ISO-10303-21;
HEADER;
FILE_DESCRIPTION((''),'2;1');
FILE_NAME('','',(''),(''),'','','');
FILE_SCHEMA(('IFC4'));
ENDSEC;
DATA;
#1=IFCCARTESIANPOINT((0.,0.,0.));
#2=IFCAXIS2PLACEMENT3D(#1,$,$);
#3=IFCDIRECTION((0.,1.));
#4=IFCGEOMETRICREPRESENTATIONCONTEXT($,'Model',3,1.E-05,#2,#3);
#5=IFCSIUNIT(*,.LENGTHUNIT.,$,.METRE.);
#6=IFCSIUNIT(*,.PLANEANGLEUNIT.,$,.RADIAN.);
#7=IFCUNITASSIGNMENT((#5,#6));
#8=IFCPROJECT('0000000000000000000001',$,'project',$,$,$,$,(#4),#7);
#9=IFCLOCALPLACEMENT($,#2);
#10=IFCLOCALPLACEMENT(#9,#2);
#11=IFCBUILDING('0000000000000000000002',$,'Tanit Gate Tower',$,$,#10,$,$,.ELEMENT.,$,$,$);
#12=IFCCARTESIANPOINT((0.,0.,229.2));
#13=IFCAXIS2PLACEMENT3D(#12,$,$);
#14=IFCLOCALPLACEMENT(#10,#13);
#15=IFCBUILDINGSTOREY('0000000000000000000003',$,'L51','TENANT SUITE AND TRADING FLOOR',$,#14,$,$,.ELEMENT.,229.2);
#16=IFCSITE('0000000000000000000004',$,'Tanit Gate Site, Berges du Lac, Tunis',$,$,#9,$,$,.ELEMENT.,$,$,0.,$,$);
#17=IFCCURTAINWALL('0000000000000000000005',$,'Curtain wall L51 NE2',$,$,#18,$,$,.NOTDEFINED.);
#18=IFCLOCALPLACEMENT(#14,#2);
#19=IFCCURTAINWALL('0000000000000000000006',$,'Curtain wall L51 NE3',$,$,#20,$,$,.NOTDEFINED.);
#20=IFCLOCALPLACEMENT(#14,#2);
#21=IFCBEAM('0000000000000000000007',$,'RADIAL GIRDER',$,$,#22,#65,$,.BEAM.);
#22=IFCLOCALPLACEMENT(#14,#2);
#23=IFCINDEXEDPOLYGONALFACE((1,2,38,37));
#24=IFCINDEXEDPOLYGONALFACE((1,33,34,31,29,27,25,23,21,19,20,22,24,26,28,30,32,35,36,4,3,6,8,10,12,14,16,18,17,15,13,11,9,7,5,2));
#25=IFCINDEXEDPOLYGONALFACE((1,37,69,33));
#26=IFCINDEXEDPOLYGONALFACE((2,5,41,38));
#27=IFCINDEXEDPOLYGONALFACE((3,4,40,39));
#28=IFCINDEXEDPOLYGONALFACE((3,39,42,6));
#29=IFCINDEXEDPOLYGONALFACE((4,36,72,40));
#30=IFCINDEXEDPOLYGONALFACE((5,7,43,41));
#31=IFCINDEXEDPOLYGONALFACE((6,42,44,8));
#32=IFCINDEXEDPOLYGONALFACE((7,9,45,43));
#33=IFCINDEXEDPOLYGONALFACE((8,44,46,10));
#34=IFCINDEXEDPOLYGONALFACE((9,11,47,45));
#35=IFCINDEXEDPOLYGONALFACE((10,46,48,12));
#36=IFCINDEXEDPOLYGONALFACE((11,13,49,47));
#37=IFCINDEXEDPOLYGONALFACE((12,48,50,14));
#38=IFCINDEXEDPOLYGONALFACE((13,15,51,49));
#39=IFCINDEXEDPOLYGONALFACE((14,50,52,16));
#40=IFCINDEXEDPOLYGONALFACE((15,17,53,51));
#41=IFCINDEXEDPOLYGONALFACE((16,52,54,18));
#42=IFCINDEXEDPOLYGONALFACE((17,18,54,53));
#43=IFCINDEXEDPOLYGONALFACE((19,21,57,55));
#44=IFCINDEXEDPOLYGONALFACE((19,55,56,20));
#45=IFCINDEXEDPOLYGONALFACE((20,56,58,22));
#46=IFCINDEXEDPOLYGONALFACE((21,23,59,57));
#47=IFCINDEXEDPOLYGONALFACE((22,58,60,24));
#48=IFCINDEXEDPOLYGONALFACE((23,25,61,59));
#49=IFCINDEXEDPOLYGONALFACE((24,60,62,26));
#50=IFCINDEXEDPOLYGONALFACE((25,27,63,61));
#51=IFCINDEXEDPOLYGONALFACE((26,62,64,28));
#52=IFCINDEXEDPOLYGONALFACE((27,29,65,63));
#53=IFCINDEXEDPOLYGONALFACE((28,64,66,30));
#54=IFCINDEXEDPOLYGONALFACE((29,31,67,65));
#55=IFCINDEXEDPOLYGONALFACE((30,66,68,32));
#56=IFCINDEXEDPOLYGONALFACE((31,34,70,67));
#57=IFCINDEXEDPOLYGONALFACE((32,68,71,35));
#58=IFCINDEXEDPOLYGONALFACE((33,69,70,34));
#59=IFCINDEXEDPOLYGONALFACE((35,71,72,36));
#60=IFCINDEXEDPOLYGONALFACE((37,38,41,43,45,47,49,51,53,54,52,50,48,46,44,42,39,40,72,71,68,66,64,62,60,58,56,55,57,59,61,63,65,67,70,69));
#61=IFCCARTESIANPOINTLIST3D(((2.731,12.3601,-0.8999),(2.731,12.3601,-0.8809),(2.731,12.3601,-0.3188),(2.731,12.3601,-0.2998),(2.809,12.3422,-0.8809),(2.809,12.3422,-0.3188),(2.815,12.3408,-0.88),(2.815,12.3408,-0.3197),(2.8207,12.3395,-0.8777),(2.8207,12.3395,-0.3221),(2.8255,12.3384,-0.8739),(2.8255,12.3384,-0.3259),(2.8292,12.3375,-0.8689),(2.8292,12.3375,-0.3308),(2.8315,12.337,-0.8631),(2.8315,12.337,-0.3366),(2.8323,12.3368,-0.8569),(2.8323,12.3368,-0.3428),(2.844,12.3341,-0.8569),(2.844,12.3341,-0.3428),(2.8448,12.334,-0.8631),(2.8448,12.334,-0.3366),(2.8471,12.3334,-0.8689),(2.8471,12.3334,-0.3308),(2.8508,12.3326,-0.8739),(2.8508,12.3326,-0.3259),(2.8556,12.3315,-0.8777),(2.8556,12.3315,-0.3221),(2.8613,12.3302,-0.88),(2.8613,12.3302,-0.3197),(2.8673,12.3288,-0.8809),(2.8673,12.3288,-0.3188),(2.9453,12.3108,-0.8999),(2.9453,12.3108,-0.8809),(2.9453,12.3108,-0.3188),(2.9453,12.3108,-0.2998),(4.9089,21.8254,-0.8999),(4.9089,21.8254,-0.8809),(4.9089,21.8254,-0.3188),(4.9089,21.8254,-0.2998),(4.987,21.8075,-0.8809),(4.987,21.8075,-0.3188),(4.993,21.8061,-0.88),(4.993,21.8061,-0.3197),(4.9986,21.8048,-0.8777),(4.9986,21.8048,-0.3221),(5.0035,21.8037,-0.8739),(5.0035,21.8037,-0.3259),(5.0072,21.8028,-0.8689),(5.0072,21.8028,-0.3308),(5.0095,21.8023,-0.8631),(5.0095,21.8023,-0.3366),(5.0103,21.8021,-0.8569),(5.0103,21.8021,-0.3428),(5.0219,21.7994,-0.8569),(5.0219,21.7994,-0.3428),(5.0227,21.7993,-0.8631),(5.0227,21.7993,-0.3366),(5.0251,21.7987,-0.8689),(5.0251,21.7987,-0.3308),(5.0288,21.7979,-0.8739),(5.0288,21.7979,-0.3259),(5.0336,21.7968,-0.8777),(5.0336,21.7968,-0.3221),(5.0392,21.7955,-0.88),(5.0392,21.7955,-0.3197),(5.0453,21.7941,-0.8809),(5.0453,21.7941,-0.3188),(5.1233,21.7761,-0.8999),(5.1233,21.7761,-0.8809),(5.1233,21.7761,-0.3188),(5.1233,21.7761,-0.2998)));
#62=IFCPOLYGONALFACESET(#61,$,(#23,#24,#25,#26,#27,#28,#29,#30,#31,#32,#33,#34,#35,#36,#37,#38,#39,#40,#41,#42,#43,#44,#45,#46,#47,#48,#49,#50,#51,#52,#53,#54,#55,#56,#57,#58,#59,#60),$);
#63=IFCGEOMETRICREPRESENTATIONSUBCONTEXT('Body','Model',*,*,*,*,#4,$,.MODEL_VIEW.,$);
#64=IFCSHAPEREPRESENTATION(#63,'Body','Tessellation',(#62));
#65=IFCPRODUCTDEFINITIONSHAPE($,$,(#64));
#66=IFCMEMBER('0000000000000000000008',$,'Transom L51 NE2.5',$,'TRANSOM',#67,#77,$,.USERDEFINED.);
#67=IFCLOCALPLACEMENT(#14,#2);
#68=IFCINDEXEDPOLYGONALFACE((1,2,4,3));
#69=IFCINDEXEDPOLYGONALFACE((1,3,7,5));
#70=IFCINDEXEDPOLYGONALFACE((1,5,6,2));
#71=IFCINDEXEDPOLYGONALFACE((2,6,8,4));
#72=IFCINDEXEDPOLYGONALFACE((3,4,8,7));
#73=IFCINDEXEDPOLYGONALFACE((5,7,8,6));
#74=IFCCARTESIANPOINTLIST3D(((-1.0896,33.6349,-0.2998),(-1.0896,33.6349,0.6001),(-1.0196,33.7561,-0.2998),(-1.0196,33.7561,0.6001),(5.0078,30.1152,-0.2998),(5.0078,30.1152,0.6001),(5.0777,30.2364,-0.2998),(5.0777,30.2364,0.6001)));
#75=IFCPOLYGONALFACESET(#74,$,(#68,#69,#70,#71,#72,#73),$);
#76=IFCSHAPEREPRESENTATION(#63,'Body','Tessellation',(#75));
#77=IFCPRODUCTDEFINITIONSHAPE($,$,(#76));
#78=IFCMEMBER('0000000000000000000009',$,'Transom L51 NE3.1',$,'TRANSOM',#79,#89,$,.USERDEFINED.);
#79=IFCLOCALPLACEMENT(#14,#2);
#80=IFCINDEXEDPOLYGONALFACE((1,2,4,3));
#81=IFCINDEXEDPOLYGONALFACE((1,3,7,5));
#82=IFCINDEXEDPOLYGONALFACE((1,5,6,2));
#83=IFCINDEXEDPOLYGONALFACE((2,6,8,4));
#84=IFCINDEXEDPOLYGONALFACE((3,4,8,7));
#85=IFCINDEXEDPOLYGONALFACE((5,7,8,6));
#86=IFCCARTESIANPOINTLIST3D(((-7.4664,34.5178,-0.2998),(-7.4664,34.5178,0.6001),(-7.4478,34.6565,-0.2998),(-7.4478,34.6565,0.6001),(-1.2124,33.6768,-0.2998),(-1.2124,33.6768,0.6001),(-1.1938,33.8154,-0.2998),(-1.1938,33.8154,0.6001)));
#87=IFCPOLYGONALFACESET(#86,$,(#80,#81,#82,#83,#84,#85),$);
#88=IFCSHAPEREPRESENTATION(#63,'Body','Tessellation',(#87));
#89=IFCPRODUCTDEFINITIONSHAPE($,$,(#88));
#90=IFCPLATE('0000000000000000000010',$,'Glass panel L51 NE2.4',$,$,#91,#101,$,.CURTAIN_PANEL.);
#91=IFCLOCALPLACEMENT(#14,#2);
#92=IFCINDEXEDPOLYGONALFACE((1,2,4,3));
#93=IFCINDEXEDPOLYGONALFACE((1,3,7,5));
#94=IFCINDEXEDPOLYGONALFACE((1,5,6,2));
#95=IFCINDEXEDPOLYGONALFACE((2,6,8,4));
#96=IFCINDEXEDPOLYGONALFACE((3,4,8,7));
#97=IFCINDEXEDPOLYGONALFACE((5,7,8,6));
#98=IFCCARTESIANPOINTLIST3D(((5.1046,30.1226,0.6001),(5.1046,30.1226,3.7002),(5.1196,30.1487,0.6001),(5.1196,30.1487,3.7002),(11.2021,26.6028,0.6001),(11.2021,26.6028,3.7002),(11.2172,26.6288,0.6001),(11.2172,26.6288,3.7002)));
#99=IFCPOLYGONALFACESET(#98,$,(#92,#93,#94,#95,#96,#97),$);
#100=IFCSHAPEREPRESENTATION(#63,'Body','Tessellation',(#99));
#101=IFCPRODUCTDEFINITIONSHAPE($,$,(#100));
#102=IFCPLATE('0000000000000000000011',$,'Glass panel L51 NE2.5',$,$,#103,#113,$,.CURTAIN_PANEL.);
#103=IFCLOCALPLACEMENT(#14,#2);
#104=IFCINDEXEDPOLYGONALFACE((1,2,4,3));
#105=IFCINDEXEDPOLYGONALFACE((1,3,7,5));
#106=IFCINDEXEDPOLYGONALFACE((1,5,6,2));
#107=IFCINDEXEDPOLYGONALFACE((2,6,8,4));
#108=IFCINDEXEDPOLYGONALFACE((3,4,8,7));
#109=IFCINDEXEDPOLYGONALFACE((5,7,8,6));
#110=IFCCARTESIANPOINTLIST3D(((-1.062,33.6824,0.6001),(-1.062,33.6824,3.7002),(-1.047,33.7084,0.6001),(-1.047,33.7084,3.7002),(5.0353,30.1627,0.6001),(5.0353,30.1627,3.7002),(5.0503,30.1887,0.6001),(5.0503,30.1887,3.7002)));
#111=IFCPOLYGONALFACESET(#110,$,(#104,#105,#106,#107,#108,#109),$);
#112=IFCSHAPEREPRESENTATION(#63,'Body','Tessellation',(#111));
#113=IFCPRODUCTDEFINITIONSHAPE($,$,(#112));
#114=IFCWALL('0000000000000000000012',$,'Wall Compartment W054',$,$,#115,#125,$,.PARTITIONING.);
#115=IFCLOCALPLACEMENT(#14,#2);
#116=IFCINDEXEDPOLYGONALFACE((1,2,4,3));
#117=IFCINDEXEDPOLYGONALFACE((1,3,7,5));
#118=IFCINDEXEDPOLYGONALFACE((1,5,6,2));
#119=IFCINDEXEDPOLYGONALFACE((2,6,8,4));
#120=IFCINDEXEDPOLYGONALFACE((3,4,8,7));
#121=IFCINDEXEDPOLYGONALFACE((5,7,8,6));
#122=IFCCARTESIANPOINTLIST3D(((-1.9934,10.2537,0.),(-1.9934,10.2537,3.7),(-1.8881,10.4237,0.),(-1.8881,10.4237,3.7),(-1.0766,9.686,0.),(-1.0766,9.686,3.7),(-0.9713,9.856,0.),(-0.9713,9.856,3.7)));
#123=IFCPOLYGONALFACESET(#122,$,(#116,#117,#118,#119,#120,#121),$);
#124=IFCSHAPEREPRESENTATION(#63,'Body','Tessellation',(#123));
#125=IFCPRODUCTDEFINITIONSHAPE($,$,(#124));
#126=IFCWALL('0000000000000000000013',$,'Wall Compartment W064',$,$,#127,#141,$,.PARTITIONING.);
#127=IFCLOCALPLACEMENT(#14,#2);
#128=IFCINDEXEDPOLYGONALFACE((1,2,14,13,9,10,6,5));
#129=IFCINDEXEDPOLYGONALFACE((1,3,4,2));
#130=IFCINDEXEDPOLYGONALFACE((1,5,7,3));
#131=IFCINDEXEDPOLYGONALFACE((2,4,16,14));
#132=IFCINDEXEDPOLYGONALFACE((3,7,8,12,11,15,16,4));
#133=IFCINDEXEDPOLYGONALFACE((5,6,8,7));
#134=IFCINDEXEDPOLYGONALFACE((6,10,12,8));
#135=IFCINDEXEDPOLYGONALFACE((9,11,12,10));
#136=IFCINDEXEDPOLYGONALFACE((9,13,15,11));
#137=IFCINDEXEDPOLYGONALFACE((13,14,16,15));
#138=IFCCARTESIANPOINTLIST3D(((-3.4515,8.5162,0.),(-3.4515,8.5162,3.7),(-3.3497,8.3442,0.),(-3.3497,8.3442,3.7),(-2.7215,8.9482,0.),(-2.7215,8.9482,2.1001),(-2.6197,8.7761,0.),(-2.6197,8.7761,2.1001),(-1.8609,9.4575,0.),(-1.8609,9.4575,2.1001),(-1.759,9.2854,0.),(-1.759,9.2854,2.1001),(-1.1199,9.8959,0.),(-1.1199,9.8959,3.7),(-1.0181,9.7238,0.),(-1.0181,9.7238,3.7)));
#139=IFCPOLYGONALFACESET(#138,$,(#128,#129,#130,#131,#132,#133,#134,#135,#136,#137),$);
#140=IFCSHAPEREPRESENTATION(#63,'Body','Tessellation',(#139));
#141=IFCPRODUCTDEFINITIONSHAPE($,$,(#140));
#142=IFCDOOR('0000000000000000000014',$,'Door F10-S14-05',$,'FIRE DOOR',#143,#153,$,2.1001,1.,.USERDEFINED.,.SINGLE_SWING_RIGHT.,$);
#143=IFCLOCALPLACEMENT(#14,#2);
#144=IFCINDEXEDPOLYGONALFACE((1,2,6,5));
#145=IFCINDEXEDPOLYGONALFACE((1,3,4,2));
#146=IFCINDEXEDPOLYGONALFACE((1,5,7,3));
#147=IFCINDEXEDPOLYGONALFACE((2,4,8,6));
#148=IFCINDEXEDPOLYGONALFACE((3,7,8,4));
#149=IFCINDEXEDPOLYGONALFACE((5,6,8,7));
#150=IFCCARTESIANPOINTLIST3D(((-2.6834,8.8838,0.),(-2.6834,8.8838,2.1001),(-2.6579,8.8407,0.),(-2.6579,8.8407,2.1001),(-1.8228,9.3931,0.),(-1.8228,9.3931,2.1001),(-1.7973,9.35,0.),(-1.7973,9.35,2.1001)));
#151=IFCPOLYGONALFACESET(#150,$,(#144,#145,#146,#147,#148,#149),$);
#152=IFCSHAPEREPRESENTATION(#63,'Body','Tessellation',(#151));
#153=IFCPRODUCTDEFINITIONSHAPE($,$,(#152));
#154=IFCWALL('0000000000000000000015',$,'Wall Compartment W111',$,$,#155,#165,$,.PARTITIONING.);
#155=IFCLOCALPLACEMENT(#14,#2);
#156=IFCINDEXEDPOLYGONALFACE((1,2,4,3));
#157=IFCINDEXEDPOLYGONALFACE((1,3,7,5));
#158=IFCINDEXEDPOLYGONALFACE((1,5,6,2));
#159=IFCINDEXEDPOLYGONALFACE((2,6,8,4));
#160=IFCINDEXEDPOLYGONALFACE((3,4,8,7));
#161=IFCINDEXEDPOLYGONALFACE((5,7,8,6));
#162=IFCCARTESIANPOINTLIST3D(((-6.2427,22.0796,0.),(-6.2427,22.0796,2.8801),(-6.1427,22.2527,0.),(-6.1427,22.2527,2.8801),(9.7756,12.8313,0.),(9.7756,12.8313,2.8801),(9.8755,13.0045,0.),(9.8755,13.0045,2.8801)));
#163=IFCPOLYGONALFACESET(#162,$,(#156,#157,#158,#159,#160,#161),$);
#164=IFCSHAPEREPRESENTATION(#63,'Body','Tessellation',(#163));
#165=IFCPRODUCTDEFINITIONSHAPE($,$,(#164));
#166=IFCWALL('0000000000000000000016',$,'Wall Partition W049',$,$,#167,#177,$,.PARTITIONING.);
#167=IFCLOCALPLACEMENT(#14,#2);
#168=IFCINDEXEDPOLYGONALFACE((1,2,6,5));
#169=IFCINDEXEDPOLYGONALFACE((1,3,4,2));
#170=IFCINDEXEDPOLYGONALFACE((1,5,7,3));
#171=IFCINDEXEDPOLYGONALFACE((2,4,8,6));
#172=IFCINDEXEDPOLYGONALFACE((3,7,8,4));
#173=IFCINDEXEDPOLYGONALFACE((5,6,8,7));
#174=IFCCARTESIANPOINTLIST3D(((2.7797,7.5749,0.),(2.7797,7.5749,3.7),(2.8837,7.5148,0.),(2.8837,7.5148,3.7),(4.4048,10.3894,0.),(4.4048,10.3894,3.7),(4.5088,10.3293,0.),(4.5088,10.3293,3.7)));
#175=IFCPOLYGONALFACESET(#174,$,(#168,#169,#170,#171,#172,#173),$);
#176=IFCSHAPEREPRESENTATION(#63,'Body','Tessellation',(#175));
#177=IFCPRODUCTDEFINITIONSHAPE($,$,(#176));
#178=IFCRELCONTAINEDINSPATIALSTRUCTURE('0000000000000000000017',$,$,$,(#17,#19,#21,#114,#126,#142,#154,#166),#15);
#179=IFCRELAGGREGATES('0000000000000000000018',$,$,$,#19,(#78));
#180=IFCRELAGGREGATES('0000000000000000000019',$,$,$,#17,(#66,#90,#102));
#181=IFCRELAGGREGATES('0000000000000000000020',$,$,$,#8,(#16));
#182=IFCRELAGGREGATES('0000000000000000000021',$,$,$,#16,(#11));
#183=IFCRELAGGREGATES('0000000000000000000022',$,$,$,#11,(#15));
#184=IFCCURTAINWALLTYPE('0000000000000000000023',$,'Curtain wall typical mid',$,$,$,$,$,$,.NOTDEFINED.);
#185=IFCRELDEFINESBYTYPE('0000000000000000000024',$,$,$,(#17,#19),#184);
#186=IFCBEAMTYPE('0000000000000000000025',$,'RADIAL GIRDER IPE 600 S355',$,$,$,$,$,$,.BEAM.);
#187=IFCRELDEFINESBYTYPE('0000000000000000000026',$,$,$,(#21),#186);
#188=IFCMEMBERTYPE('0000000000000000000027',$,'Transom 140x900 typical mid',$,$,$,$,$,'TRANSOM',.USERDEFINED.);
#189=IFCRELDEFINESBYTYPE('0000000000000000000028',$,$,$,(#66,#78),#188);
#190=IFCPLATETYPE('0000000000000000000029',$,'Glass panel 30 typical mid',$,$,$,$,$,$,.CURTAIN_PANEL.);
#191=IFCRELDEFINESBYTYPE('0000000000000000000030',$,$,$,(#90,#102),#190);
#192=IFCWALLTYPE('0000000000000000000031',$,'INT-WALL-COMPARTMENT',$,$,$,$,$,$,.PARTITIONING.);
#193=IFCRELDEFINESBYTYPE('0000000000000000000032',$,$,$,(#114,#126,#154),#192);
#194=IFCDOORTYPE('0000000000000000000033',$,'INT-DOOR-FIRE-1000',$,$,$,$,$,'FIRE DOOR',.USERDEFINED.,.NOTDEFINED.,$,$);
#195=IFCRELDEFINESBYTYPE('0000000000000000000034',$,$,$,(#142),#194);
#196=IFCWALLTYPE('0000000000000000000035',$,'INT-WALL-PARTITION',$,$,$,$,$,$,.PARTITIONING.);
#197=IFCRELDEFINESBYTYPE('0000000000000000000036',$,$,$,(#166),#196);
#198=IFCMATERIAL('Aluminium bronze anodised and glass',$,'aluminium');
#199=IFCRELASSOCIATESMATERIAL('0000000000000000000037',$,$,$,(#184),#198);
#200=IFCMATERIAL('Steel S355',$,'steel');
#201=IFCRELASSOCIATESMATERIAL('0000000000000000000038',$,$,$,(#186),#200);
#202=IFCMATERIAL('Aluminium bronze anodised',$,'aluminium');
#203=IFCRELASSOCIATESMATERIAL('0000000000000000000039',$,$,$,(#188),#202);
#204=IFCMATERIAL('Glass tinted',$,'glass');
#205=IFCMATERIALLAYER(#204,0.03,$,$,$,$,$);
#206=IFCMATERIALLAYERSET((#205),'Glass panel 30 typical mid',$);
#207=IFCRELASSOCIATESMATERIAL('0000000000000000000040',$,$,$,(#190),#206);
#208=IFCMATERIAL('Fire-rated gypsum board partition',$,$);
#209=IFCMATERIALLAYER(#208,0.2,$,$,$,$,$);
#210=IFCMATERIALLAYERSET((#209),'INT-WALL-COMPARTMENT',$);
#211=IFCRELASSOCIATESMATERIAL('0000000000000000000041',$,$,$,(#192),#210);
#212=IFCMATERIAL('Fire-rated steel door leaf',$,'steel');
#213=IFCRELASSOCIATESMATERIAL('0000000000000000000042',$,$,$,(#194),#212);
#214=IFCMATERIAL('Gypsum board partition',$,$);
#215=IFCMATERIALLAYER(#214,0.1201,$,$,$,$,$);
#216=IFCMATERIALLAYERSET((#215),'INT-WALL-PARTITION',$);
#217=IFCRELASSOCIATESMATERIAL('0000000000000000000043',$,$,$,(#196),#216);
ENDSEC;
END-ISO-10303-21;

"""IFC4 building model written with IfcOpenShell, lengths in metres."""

from ifc_helpers import new_model, si_unit, direction, frame, frame_2d, origin, origin_2d, place, context, subcontext, project, spatial, rectangle, i_section, extrude, material, layer, layer_set, material_profile, profile_set, type_object, element, fill, aggregate, save


model = new_model("IFC4")

# Units and contexts
model_context = context("Model", 3, precision=1e-05, world=origin(), true_north=direction((0.0, 1.0)))
body_context = subcontext(model_context, "Body", "Model", "MODEL_VIEW")
ifc_project = project(units=[si_unit("LENGTHUNIT", "METRE"), si_unit("PLANEANGLEUNIT", "RADIAN")], contexts=[model_context])

# Site, building, storey
site_placement = place(None, origin())
site = spatial("IfcSite", under=ifc_project, at=site_placement, Name="Tanit Gate Site, Berges du Lac, Tunis", CompositionType="ELEMENT", RefElevation=0.0)
building_placement = place(site_placement, origin())
building = spatial("IfcBuilding", under=site, at=building_placement, Name="Tanit Gate Tower", CompositionType="ELEMENT")
storey_placement = place(building_placement, frame((0.0, 0.0, 229.2)))
storey = spatial("IfcBuildingStorey", under=building, at=storey_placement, Name="L51", Description="TENANT SUITE AND TRADING FLOOR", CompositionType="ELEMENT", Elevation=229.2)

# Curtain walls
ifc_material_1 = material(Name="Aluminium bronze anodised and glass", Category="aluminium")
curtain_wall_type = type_object("IfcCurtainWallType", Name="Curtain wall typical mid", PredefinedType="NOTDEFINED", material=ifc_material_1)
curtain_wall_1_placement = place(storey_placement, origin())
curtain_wall_1 = element("IfcCurtainWall", 1, at=curtain_wall_1_placement, inside=storey, type_object=curtain_wall_type, Name="Curtain wall L51 NE2", PredefinedType="NOTDEFINED")
curtain_wall_2_placement = place(storey_placement, origin())
curtain_wall_2 = element("IfcCurtainWall", 2, at=curtain_wall_2_placement, inside=storey, type_object=curtain_wall_type, Name="Curtain wall L51 NE3", PredefinedType="NOTDEFINED")

# Beam
ifc_material_2 = material(Name="Steel S355", Category="steel")
ifc_material_profile_1 = material_profile(ifc_material_2, i_section(OverallWidth=0.22, OverallDepth=0.6001, WebThickness=0.012, FlangeThickness=0.019, FilletRadius=0.0239, at=origin_2d()), Name="IPE 600")
ifc_profile_set_1 = profile_set([ifc_material_profile_1], Name="Steel S355")
beam_type_1 = type_object("IfcBeamType", Name="RADIAL GIRDER IPE 600 S355", PredefinedType="BEAM", material=ifc_profile_set_1)
beam_1_placement = place(storey_placement, frame((5.0161, 21.8008, -0.5999), z_axis=(-0.224241, -0.974534, 0.0), x_axis=(0.974534, -0.224241, 0.0)))
element("IfcBeam", 3, at=beam_1_placement, inside=storey, type_object=beam_type_1, Name="RADIAL GIRDER", PredefinedType="BEAM", context=body_context, shape_type="SweptSolid", body=[
    extrude(i_section(OverallWidth=0.22, OverallDepth=0.6001, WebThickness=0.012, FlangeThickness=0.019, FilletRadius=0.0239, at=origin_2d()), origin(), (0.0, 0.0, 1.0), 9.7126),
])

# Members
ifc_material_3 = material(Name="Aluminium bronze anodised", Category="aluminium")
ifc_material_profile_2 = material_profile(ifc_material_3, rectangle(XDim=0.1399, YDim=0.8999, at=origin_2d()), Name="140x900 bronze transom")
ifc_profile_set_2 = profile_set([ifc_material_profile_2], Name="Aluminium bronze anodised")
member_type_1 = type_object("IfcMemberType", Name="Transom 140x900 typical mid", ElementType="TRANSOM", PredefinedType="USERDEFINED", material=ifc_profile_set_2)
member_1_placement = place(storey_placement, frame((5.0427, 30.1758, 0.1501), z_axis=(-0.86606, 0.49994, 0.0), x_axis=(-0.49994, -0.86606, 0.0)))
member_1 = element("IfcMember", 4, at=member_1_placement, type_object=member_type_1, Name="Transom L51 NE2.5", ObjectType="TRANSOM", PredefinedType="USERDEFINED", context=body_context, shape_type="SweptSolid", body=[
    extrude(rectangle(XDim=0.1399, YDim=0.8999, at=origin_2d()), origin(), (0.0, 0.0, 1.0), 7.0403),
])
member_2_placement = place(storey_placement, frame((-1.2031, 33.7461, 0.1501), z_axis=(-0.991078, 0.133286, 0.0), x_axis=(-0.133286, -0.991078, 0.0)))
member_2 = element("IfcMember", 5, at=member_2_placement, type_object=member_type_1, Name="Transom L51 NE3.1", ObjectType="TRANSOM", PredefinedType="USERDEFINED", context=body_context, shape_type="SweptSolid", body=[
    extrude(rectangle(XDim=0.1399, YDim=0.8999, at=origin_2d()), origin(), (0.0, 0.0, 1.0), 6.3103),
])
aggregate(curtain_wall_2, [member_2])

# Plates
ifc_material_4 = material(Name="Glass tinted", Category="glass")
ifc_layer_1 = layer(ifc_material_4, 0.03)
ifc_layer_set_1 = layer_set([ifc_layer_1], Name="Glass panel 30 typical mid")
plate_type = type_object("IfcPlateType", Name="Glass panel 30 typical mid", PredefinedType="CURTAIN_PANEL", material=ifc_layer_set_1)
plate_1_placement = place(storey_placement, frame((8.1609, 28.3757, 0.6001), z_axis=(0.0, 0.0, 1.0), x_axis=(-0.86606, 0.49994, 0.0)))
plate_1 = element("IfcPlate", 6, at=plate_1_placement, type_object=plate_type, Name="Glass panel L51 NE2.4", PredefinedType="CURTAIN_PANEL", context=body_context, shape_type="SweptSolid", body=[
    extrude(rectangle(XDim=7.0405, YDim=0.03, at=origin_2d()), origin(), (0.0, 0.0, 1.0), 3.1001),
])
plate_2_placement = place(storey_placement, frame((1.9941, 31.9355, 0.6001), z_axis=(0.0, 0.0, 1.0), x_axis=(-0.86606, 0.49994, 0.0)))
plate_2 = element("IfcPlate", 7, at=plate_2_placement, type_object=plate_type, Name="Glass panel L51 NE2.5", PredefinedType="CURTAIN_PANEL", context=body_context, shape_type="SweptSolid", body=[
    extrude(rectangle(XDim=7.0403, YDim=0.03, at=origin_2d()), origin(), (0.0, 0.0, 1.0), 3.1001),
])
aggregate(curtain_wall_1, [member_1, plate_1, plate_2])

# Wall
ifc_material_5 = material(Name="Fire-rated gypsum board partition")
ifc_layer_2 = layer(ifc_material_5, 0.2)
ifc_layer_set_2 = layer_set([ifc_layer_2], Name="INT-WALL-COMPARTMENT")
wall_type_1 = type_object("IfcWallType", Name="INT-WALL-COMPARTMENT", PredefinedType="PARTITIONING", material=ifc_layer_set_2)
wall_1_placement = place(storey_placement, frame((-1.9407, 10.3386, 0.0), z_axis=(0.0, 0.0, 1.0), x_axis=(0.850217, -0.526433, 0.0)))
element("IfcWall", 8, at=wall_1_placement, inside=storey, type_object=wall_type_1, Name="Wall Compartment W054", PredefinedType="PARTITIONING", context=body_context, shape_type="SweptSolid", body=[
    extrude(rectangle(XDim=1.0784, YDim=0.2, at=frame_2d((0.5391, 0.0))), origin(), (0.0, 0.0, 1.0), 3.7),
])

# Wall, opening, door
wall_2_placement = place(storey_placement, frame((-1.0691, 9.8098, 0.0), z_axis=(0.0, 0.0, 1.0), x_axis=(-0.860618, -0.509251, 0.0)))
wall_2 = element("IfcWall", 9, at=wall_2_placement, inside=storey, type_object=wall_type_1, Name="Wall Compartment W064", PredefinedType="PARTITIONING", context=body_context, shape_type="SweptSolid", body=[
    extrude(rectangle(XDim=2.7092, YDim=0.2, at=frame_2d((1.3545, 0.0))), origin(), (0.0, 0.0, 1.0), 3.7),
])
opening_1_placement = place(wall_2_placement, frame((0.8608, 0.0, 0.0)))
opening_1 = element("IfcOpeningElement", 10, at=opening_1_placement, cuts=wall_2, PredefinedType="OPENING", context=body_context, shape_type="SweptSolid", body=[
    extrude(rectangle(XDim=1.0, YDim=2.1001, at=frame_2d((0.5, 1.05))), frame((0.0, 0.1099, 0.0), z_axis=(0.0, -1.0, 0.0), x_axis=(1.0, 0.0, 0.0)), (0.0, 0.0, 1.0), 0.22),
])
ifc_material_6 = material(Name="Fire-rated steel door leaf", Category="steel")
door_type_1 = type_object("IfcDoorType", Name="INT-DOOR-FIRE-1000", ElementType="FIRE DOOR", OperationType="NOTDEFINED", PredefinedType="USERDEFINED", material=ifc_material_6)
door_1_placement = place(opening_1_placement, origin())
door_1 = element("IfcDoor", 11, at=door_1_placement, inside=storey, type_object=door_type_1, Name="Door F10-S14-05", ObjectType="FIRE DOOR", OperationType="SINGLE_SWING_RIGHT", OverallHeight=2.1001, OverallWidth=1.0, PredefinedType="USERDEFINED", context=body_context, shape_type="SweptSolid", body=[
    extrude(rectangle(XDim=1.0, YDim=2.1001, at=frame_2d((0.5, 1.05))), frame((0.0, 0.0249, 0.0), z_axis=(0.0, -1.0, 0.0), x_axis=(1.0, 0.0, 0.0)), (0.0, 0.0, 1.0), 0.05),
])
fill(opening_1, door_1)

# Walls
wall_3_placement = place(storey_placement, frame((9.8254, 12.918, 0.0), z_axis=(0.0, 0.0, 1.0), x_axis=(-0.866023, 0.500005, 0.0)))
element("IfcWall", 12, at=wall_3_placement, inside=storey, type_object=wall_type_1, Name="Wall Compartment W111", PredefinedType="PARTITIONING", context=body_context, shape_type="SweptSolid", body=[
    extrude(rectangle(XDim=18.4963, YDim=0.2, at=frame_2d((9.248, 0.0))), origin(), (0.0, 0.0, 1.0), 2.8801),
])
ifc_material_7 = material(Name="Gypsum board partition")
ifc_layer_3 = layer(ifc_material_7, 0.1201)
ifc_layer_set_3 = layer_set([ifc_layer_3], Name="INT-WALL-PARTITION")
wall_type_2 = type_object("IfcWallType", Name="INT-WALL-PARTITION", PredefinedType="PARTITIONING", material=ifc_layer_set_3)
wall_4_placement = place(storey_placement, frame((4.4568, 10.3594, 0.0), z_axis=(0.0, 0.0, 1.0), x_axis=(-0.500017, -0.866015, 0.0)))
element("IfcWall", 13, at=wall_4_placement, inside=storey, type_object=wall_type_2, Name="Wall Partition W049", PredefinedType="PARTITIONING", context=body_context, shape_type="SweptSolid", body=[
    extrude(rectangle(XDim=3.25, YDim=0.1201, at=frame_2d((1.625, 0.0))), origin(), (0.0, 0.0, 1.0), 3.7),
])

save(model, "model.ifc")
